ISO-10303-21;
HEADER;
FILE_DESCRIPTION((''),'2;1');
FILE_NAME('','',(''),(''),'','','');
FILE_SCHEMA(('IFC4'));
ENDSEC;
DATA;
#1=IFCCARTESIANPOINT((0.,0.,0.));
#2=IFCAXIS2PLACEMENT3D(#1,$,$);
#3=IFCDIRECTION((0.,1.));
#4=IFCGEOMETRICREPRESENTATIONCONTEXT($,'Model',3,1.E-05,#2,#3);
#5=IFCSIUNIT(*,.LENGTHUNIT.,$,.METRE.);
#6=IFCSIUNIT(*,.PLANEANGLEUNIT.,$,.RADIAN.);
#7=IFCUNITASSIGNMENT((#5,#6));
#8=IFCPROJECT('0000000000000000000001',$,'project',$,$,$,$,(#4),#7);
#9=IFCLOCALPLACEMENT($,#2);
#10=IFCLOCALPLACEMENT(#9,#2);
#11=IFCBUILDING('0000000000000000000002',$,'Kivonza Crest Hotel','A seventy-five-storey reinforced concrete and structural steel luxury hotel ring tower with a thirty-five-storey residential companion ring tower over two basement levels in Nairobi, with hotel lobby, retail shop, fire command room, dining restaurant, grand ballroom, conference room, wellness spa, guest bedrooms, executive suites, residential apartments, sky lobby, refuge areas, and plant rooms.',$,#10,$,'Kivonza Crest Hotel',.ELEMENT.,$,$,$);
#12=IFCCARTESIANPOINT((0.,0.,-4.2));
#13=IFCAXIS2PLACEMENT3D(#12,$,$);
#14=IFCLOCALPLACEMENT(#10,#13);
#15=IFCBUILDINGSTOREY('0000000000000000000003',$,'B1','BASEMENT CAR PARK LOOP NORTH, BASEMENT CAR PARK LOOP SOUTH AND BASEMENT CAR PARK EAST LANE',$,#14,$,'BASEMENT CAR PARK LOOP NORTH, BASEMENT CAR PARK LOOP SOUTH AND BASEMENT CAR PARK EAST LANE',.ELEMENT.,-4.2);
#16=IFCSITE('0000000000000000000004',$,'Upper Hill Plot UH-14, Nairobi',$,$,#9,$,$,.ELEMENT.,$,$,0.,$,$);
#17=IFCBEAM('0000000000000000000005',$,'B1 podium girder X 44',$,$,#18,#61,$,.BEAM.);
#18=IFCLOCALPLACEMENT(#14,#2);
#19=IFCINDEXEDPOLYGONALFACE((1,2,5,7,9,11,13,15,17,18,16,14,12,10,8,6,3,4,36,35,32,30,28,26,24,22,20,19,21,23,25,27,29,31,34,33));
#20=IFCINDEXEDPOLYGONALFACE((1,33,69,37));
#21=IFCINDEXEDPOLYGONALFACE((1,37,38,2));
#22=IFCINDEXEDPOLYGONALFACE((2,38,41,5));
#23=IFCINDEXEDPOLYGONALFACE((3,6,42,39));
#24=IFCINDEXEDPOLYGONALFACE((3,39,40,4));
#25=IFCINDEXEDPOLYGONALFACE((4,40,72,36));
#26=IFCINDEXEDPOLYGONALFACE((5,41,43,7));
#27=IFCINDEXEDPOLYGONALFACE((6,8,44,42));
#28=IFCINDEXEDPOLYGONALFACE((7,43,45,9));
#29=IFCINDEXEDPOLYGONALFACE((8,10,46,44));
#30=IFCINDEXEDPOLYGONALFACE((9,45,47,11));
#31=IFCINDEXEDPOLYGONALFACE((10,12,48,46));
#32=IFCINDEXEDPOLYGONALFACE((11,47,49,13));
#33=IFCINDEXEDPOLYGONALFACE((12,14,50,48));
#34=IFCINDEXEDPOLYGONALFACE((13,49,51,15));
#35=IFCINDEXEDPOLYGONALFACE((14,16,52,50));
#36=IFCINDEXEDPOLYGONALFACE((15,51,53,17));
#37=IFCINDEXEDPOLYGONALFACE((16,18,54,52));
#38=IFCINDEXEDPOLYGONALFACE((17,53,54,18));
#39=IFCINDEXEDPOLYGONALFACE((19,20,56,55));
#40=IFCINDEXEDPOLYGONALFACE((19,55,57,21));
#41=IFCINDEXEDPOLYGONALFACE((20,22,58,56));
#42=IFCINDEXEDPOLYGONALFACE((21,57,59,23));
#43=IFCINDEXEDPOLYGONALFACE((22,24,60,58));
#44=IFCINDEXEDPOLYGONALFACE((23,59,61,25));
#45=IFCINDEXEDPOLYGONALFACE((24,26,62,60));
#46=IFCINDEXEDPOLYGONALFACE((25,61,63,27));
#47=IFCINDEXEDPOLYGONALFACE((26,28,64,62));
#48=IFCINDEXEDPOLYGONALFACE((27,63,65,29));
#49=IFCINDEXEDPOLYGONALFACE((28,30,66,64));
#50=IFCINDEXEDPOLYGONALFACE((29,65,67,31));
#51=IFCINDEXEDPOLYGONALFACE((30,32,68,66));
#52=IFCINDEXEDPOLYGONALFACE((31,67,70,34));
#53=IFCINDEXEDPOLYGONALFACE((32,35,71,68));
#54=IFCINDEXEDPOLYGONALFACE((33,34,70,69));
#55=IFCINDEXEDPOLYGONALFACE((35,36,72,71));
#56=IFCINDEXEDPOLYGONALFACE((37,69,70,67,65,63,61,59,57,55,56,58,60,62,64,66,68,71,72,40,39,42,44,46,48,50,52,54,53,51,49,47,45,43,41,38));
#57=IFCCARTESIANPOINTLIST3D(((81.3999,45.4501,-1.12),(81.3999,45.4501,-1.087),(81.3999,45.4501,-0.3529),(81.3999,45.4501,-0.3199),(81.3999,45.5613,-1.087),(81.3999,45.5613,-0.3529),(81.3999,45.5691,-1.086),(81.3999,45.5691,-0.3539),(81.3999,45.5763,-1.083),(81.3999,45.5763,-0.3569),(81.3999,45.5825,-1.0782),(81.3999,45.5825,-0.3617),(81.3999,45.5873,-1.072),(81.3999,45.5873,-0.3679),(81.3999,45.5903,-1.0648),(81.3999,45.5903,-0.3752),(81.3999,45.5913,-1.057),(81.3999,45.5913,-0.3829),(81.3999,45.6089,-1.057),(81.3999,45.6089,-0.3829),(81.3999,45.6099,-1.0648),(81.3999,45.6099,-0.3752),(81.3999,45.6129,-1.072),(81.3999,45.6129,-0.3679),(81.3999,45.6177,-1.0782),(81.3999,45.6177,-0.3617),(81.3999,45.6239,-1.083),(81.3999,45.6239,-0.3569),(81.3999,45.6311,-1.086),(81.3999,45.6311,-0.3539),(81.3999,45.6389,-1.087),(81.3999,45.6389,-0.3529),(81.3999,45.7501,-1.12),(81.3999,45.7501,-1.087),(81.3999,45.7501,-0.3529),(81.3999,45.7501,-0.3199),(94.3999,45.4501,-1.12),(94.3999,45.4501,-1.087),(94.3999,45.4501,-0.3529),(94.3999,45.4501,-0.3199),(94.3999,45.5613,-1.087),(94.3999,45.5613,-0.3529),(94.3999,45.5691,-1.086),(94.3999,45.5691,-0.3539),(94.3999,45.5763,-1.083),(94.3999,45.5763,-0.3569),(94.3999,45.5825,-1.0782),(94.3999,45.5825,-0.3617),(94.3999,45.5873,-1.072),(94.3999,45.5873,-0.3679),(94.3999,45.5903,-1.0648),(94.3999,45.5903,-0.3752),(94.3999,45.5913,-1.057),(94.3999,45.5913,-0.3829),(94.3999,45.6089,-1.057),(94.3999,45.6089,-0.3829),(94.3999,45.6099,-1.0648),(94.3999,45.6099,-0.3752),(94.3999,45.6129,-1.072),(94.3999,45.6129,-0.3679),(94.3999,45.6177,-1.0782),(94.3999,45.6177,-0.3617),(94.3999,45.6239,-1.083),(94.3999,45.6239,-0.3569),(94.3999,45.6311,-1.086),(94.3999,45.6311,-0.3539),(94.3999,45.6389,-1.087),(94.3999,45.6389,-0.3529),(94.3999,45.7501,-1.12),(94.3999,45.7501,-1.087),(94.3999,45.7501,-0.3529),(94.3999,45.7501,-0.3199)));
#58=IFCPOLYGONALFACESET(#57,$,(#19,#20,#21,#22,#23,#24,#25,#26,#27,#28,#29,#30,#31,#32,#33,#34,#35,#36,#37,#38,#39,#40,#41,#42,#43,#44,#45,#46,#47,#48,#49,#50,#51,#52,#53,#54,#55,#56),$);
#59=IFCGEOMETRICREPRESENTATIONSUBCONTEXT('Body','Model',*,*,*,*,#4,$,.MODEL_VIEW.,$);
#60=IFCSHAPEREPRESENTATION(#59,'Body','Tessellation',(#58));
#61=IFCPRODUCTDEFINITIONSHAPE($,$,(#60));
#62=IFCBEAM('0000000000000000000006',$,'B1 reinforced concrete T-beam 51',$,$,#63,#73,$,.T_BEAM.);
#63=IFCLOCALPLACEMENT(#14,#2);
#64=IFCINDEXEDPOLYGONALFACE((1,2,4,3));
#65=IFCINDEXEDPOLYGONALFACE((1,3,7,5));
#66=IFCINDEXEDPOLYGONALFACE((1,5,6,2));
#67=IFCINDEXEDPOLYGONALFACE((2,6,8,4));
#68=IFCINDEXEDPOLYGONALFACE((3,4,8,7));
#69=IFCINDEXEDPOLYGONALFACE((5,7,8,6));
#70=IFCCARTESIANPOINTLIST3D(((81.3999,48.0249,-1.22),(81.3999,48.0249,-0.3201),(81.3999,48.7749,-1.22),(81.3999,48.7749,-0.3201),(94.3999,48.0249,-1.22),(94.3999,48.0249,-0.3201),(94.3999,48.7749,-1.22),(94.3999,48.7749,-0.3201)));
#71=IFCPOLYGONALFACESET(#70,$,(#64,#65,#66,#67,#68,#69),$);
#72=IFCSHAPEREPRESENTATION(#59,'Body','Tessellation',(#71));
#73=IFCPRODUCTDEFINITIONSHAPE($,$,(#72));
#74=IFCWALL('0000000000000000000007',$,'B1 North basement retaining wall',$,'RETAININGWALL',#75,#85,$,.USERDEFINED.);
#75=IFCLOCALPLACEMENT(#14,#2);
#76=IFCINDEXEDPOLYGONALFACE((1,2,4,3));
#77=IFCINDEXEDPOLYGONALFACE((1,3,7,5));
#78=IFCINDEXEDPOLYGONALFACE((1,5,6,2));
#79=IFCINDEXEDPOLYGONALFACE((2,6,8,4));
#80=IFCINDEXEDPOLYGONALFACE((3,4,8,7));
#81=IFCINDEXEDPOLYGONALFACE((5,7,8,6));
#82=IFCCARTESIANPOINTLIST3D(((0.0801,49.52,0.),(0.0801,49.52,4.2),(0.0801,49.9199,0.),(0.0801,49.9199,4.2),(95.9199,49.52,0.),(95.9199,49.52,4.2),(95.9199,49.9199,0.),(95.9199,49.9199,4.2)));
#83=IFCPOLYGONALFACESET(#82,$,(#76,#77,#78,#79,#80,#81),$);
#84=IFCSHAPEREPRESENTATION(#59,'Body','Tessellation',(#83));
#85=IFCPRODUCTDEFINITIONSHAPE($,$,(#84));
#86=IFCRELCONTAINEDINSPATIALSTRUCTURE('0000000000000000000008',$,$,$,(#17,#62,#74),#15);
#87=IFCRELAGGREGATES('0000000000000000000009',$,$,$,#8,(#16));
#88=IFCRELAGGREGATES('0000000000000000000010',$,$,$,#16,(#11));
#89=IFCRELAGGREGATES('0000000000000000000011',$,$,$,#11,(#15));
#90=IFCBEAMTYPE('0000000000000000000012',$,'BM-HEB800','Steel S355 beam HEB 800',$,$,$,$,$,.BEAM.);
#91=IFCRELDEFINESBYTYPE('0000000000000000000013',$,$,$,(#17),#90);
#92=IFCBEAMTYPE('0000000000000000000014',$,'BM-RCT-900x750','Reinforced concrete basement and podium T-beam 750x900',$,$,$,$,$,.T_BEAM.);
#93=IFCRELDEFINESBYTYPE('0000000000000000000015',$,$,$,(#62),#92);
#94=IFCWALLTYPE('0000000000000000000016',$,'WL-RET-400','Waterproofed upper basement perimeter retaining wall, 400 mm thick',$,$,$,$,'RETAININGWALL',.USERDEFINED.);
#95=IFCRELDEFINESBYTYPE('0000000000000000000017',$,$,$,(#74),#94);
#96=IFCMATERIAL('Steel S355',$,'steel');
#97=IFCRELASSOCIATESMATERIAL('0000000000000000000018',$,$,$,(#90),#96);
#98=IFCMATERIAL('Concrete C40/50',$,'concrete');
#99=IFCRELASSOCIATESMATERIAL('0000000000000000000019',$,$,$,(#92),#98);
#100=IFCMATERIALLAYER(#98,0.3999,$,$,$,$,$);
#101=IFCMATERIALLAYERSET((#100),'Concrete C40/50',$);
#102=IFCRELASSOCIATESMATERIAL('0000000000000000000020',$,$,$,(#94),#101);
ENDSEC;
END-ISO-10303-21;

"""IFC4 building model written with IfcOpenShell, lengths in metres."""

from ifc_helpers import new_model, si_unit, direction, frame, frame_2d, origin, origin_2d, place, context, subcontext, project, spatial, rectangle, i_section, extrude, material, layer, layer_set, material_profile, profile_set, type_object, element, save


model = new_model("IFC4")

# Units and contexts
model_context = context("Model", 3, precision=1e-05, world=origin(), true_north=direction((0.0, 1.0)))
body_context = subcontext(model_context, "Body", "Model", "MODEL_VIEW")
ifc_project = project(units=[si_unit("LENGTHUNIT", "METRE"), si_unit("PLANEANGLEUNIT", "RADIAN")], contexts=[model_context])

# Site, building, storey
site_placement = place(None, origin())
site = spatial("IfcSite", under=ifc_project, at=site_placement, Name="Upper Hill Plot UH-14, Nairobi", CompositionType="ELEMENT", RefElevation=0.0)
building_placement = place(site_placement, origin())
building = spatial("IfcBuilding", under=site, at=building_placement, Name="Kivonza Crest Hotel", Description="A seventy-five-storey reinforced concrete and structural steel luxury hotel ring tower with a thirty-five-storey residential companion ring tower over two basement levels in Nairobi, with hotel lobby, retail shop, fire command room, dining restaurant, grand ballroom, conference room, wellness spa, guest bedrooms, executive suites, residential apartments, sky lobby, refuge areas, and plant rooms.", LongName="Kivonza Crest Hotel", CompositionType="ELEMENT")
storey_placement = place(building_placement, frame((0.0, 0.0, -4.2)))
storey = spatial("IfcBuildingStorey", under=building, at=storey_placement, Name="B1", Description="BASEMENT CAR PARK LOOP NORTH, BASEMENT CAR PARK LOOP SOUTH AND BASEMENT CAR PARK EAST LANE", LongName="BASEMENT CAR PARK LOOP NORTH, BASEMENT CAR PARK LOOP SOUTH AND BASEMENT CAR PARK EAST LANE", CompositionType="ELEMENT", Elevation=-4.2)

# Beams
ifc_material_1 = material(Name="Steel S355", Category="steel")
ifc_material_profile_1 = material_profile(ifc_material_1, i_section(OverallWidth=0.3, OverallDepth=0.8, WebThickness=0.0176, FlangeThickness=0.033, FilletRadius=0.03, at=origin_2d()), Name="HEB 800")
ifc_profile_set_1 = profile_set([ifc_material_profile_1], Name="Steel S355")
beam_type_1 = type_object("IfcBeamType", Name="BM-HEB800", Description="Steel S355 beam HEB 800", PredefinedType="BEAM", material=ifc_profile_set_1)
beam_1_placement = place(storey_placement, frame((81.3999, 45.6001, -0.72), z_axis=(1.0, 0.0, 0.0), x_axis=(0.0, 1.0, 0.0)))
element("IfcBeam", 1, at=beam_1_placement, inside=storey, type_object=beam_type_1, Name="B1 podium girder X 44", PredefinedType="BEAM", context=body_context, shape_type="SweptSolid", body=[
    extrude(i_section(OverallWidth=0.3, OverallDepth=0.8, WebThickness=0.0176, FlangeThickness=0.033, FilletRadius=0.03, at=origin_2d()), origin(), (0.0, 0.0, 1.0), 13.0),
])
ifc_material_2 = material(Name="Concrete C40/50", Category="concrete")
ifc_material_profile_2 = material_profile(ifc_material_2, rectangle(XDim=0.75, YDim=0.8999, at=origin_2d()), Name="RC 900x750")
ifc_profile_set_2 = profile_set([ifc_material_profile_2], Name="Concrete C40/50")
beam_type_2 = type_object("IfcBeamType", Name="BM-RCT-900x750", Description="Reinforced concrete basement and podium T-beam 750x900", PredefinedType="T_BEAM", material=ifc_profile_set_2)
beam_2_placement = place(storey_placement, frame((81.3999, 48.3999, -0.77), z_axis=(1.0, 0.0, 0.0), x_axis=(0.0, 1.0, 0.0)))
element("IfcBeam", 2, at=beam_2_placement, inside=storey, type_object=beam_type_2, Name="B1 reinforced concrete T-beam 51", PredefinedType="T_BEAM", context=body_context, shape_type="SweptSolid", body=[
    extrude(rectangle(XDim=0.75, YDim=0.8999, at=origin_2d()), origin(), (0.0, 0.0, 1.0), 13.0),
])

# Wall
ifc_layer = layer(ifc_material_2, 0.3999)
ifc_layer_set = layer_set([ifc_layer], Name="Concrete C40/50")
wall_type = type_object("IfcWallType", Name="WL-RET-400", Description="Waterproofed upper basement perimeter retaining wall, 400 mm thick", ElementType="RETAININGWALL", PredefinedType="USERDEFINED", material=ifc_layer_set)
wall_placement = place(storey_placement, frame((95.9199, 49.72, 0.0), z_axis=(0.0, 0.0, 1.0), x_axis=(-1.0, 0.0, 0.0)))
element("IfcWall", 3, at=wall_placement, inside=storey, type_object=wall_type, Name="B1 North basement retaining wall", ObjectType="RETAININGWALL", PredefinedType="USERDEFINED", context=body_context, shape_type="SweptSolid", body=[
    extrude(rectangle(XDim=95.8398, YDim=0.3999, at=frame_2d((47.9199, 0.0))), origin(), (0.0, 0.0, 1.0), 4.2),
])

save(model, "model.ifc")
